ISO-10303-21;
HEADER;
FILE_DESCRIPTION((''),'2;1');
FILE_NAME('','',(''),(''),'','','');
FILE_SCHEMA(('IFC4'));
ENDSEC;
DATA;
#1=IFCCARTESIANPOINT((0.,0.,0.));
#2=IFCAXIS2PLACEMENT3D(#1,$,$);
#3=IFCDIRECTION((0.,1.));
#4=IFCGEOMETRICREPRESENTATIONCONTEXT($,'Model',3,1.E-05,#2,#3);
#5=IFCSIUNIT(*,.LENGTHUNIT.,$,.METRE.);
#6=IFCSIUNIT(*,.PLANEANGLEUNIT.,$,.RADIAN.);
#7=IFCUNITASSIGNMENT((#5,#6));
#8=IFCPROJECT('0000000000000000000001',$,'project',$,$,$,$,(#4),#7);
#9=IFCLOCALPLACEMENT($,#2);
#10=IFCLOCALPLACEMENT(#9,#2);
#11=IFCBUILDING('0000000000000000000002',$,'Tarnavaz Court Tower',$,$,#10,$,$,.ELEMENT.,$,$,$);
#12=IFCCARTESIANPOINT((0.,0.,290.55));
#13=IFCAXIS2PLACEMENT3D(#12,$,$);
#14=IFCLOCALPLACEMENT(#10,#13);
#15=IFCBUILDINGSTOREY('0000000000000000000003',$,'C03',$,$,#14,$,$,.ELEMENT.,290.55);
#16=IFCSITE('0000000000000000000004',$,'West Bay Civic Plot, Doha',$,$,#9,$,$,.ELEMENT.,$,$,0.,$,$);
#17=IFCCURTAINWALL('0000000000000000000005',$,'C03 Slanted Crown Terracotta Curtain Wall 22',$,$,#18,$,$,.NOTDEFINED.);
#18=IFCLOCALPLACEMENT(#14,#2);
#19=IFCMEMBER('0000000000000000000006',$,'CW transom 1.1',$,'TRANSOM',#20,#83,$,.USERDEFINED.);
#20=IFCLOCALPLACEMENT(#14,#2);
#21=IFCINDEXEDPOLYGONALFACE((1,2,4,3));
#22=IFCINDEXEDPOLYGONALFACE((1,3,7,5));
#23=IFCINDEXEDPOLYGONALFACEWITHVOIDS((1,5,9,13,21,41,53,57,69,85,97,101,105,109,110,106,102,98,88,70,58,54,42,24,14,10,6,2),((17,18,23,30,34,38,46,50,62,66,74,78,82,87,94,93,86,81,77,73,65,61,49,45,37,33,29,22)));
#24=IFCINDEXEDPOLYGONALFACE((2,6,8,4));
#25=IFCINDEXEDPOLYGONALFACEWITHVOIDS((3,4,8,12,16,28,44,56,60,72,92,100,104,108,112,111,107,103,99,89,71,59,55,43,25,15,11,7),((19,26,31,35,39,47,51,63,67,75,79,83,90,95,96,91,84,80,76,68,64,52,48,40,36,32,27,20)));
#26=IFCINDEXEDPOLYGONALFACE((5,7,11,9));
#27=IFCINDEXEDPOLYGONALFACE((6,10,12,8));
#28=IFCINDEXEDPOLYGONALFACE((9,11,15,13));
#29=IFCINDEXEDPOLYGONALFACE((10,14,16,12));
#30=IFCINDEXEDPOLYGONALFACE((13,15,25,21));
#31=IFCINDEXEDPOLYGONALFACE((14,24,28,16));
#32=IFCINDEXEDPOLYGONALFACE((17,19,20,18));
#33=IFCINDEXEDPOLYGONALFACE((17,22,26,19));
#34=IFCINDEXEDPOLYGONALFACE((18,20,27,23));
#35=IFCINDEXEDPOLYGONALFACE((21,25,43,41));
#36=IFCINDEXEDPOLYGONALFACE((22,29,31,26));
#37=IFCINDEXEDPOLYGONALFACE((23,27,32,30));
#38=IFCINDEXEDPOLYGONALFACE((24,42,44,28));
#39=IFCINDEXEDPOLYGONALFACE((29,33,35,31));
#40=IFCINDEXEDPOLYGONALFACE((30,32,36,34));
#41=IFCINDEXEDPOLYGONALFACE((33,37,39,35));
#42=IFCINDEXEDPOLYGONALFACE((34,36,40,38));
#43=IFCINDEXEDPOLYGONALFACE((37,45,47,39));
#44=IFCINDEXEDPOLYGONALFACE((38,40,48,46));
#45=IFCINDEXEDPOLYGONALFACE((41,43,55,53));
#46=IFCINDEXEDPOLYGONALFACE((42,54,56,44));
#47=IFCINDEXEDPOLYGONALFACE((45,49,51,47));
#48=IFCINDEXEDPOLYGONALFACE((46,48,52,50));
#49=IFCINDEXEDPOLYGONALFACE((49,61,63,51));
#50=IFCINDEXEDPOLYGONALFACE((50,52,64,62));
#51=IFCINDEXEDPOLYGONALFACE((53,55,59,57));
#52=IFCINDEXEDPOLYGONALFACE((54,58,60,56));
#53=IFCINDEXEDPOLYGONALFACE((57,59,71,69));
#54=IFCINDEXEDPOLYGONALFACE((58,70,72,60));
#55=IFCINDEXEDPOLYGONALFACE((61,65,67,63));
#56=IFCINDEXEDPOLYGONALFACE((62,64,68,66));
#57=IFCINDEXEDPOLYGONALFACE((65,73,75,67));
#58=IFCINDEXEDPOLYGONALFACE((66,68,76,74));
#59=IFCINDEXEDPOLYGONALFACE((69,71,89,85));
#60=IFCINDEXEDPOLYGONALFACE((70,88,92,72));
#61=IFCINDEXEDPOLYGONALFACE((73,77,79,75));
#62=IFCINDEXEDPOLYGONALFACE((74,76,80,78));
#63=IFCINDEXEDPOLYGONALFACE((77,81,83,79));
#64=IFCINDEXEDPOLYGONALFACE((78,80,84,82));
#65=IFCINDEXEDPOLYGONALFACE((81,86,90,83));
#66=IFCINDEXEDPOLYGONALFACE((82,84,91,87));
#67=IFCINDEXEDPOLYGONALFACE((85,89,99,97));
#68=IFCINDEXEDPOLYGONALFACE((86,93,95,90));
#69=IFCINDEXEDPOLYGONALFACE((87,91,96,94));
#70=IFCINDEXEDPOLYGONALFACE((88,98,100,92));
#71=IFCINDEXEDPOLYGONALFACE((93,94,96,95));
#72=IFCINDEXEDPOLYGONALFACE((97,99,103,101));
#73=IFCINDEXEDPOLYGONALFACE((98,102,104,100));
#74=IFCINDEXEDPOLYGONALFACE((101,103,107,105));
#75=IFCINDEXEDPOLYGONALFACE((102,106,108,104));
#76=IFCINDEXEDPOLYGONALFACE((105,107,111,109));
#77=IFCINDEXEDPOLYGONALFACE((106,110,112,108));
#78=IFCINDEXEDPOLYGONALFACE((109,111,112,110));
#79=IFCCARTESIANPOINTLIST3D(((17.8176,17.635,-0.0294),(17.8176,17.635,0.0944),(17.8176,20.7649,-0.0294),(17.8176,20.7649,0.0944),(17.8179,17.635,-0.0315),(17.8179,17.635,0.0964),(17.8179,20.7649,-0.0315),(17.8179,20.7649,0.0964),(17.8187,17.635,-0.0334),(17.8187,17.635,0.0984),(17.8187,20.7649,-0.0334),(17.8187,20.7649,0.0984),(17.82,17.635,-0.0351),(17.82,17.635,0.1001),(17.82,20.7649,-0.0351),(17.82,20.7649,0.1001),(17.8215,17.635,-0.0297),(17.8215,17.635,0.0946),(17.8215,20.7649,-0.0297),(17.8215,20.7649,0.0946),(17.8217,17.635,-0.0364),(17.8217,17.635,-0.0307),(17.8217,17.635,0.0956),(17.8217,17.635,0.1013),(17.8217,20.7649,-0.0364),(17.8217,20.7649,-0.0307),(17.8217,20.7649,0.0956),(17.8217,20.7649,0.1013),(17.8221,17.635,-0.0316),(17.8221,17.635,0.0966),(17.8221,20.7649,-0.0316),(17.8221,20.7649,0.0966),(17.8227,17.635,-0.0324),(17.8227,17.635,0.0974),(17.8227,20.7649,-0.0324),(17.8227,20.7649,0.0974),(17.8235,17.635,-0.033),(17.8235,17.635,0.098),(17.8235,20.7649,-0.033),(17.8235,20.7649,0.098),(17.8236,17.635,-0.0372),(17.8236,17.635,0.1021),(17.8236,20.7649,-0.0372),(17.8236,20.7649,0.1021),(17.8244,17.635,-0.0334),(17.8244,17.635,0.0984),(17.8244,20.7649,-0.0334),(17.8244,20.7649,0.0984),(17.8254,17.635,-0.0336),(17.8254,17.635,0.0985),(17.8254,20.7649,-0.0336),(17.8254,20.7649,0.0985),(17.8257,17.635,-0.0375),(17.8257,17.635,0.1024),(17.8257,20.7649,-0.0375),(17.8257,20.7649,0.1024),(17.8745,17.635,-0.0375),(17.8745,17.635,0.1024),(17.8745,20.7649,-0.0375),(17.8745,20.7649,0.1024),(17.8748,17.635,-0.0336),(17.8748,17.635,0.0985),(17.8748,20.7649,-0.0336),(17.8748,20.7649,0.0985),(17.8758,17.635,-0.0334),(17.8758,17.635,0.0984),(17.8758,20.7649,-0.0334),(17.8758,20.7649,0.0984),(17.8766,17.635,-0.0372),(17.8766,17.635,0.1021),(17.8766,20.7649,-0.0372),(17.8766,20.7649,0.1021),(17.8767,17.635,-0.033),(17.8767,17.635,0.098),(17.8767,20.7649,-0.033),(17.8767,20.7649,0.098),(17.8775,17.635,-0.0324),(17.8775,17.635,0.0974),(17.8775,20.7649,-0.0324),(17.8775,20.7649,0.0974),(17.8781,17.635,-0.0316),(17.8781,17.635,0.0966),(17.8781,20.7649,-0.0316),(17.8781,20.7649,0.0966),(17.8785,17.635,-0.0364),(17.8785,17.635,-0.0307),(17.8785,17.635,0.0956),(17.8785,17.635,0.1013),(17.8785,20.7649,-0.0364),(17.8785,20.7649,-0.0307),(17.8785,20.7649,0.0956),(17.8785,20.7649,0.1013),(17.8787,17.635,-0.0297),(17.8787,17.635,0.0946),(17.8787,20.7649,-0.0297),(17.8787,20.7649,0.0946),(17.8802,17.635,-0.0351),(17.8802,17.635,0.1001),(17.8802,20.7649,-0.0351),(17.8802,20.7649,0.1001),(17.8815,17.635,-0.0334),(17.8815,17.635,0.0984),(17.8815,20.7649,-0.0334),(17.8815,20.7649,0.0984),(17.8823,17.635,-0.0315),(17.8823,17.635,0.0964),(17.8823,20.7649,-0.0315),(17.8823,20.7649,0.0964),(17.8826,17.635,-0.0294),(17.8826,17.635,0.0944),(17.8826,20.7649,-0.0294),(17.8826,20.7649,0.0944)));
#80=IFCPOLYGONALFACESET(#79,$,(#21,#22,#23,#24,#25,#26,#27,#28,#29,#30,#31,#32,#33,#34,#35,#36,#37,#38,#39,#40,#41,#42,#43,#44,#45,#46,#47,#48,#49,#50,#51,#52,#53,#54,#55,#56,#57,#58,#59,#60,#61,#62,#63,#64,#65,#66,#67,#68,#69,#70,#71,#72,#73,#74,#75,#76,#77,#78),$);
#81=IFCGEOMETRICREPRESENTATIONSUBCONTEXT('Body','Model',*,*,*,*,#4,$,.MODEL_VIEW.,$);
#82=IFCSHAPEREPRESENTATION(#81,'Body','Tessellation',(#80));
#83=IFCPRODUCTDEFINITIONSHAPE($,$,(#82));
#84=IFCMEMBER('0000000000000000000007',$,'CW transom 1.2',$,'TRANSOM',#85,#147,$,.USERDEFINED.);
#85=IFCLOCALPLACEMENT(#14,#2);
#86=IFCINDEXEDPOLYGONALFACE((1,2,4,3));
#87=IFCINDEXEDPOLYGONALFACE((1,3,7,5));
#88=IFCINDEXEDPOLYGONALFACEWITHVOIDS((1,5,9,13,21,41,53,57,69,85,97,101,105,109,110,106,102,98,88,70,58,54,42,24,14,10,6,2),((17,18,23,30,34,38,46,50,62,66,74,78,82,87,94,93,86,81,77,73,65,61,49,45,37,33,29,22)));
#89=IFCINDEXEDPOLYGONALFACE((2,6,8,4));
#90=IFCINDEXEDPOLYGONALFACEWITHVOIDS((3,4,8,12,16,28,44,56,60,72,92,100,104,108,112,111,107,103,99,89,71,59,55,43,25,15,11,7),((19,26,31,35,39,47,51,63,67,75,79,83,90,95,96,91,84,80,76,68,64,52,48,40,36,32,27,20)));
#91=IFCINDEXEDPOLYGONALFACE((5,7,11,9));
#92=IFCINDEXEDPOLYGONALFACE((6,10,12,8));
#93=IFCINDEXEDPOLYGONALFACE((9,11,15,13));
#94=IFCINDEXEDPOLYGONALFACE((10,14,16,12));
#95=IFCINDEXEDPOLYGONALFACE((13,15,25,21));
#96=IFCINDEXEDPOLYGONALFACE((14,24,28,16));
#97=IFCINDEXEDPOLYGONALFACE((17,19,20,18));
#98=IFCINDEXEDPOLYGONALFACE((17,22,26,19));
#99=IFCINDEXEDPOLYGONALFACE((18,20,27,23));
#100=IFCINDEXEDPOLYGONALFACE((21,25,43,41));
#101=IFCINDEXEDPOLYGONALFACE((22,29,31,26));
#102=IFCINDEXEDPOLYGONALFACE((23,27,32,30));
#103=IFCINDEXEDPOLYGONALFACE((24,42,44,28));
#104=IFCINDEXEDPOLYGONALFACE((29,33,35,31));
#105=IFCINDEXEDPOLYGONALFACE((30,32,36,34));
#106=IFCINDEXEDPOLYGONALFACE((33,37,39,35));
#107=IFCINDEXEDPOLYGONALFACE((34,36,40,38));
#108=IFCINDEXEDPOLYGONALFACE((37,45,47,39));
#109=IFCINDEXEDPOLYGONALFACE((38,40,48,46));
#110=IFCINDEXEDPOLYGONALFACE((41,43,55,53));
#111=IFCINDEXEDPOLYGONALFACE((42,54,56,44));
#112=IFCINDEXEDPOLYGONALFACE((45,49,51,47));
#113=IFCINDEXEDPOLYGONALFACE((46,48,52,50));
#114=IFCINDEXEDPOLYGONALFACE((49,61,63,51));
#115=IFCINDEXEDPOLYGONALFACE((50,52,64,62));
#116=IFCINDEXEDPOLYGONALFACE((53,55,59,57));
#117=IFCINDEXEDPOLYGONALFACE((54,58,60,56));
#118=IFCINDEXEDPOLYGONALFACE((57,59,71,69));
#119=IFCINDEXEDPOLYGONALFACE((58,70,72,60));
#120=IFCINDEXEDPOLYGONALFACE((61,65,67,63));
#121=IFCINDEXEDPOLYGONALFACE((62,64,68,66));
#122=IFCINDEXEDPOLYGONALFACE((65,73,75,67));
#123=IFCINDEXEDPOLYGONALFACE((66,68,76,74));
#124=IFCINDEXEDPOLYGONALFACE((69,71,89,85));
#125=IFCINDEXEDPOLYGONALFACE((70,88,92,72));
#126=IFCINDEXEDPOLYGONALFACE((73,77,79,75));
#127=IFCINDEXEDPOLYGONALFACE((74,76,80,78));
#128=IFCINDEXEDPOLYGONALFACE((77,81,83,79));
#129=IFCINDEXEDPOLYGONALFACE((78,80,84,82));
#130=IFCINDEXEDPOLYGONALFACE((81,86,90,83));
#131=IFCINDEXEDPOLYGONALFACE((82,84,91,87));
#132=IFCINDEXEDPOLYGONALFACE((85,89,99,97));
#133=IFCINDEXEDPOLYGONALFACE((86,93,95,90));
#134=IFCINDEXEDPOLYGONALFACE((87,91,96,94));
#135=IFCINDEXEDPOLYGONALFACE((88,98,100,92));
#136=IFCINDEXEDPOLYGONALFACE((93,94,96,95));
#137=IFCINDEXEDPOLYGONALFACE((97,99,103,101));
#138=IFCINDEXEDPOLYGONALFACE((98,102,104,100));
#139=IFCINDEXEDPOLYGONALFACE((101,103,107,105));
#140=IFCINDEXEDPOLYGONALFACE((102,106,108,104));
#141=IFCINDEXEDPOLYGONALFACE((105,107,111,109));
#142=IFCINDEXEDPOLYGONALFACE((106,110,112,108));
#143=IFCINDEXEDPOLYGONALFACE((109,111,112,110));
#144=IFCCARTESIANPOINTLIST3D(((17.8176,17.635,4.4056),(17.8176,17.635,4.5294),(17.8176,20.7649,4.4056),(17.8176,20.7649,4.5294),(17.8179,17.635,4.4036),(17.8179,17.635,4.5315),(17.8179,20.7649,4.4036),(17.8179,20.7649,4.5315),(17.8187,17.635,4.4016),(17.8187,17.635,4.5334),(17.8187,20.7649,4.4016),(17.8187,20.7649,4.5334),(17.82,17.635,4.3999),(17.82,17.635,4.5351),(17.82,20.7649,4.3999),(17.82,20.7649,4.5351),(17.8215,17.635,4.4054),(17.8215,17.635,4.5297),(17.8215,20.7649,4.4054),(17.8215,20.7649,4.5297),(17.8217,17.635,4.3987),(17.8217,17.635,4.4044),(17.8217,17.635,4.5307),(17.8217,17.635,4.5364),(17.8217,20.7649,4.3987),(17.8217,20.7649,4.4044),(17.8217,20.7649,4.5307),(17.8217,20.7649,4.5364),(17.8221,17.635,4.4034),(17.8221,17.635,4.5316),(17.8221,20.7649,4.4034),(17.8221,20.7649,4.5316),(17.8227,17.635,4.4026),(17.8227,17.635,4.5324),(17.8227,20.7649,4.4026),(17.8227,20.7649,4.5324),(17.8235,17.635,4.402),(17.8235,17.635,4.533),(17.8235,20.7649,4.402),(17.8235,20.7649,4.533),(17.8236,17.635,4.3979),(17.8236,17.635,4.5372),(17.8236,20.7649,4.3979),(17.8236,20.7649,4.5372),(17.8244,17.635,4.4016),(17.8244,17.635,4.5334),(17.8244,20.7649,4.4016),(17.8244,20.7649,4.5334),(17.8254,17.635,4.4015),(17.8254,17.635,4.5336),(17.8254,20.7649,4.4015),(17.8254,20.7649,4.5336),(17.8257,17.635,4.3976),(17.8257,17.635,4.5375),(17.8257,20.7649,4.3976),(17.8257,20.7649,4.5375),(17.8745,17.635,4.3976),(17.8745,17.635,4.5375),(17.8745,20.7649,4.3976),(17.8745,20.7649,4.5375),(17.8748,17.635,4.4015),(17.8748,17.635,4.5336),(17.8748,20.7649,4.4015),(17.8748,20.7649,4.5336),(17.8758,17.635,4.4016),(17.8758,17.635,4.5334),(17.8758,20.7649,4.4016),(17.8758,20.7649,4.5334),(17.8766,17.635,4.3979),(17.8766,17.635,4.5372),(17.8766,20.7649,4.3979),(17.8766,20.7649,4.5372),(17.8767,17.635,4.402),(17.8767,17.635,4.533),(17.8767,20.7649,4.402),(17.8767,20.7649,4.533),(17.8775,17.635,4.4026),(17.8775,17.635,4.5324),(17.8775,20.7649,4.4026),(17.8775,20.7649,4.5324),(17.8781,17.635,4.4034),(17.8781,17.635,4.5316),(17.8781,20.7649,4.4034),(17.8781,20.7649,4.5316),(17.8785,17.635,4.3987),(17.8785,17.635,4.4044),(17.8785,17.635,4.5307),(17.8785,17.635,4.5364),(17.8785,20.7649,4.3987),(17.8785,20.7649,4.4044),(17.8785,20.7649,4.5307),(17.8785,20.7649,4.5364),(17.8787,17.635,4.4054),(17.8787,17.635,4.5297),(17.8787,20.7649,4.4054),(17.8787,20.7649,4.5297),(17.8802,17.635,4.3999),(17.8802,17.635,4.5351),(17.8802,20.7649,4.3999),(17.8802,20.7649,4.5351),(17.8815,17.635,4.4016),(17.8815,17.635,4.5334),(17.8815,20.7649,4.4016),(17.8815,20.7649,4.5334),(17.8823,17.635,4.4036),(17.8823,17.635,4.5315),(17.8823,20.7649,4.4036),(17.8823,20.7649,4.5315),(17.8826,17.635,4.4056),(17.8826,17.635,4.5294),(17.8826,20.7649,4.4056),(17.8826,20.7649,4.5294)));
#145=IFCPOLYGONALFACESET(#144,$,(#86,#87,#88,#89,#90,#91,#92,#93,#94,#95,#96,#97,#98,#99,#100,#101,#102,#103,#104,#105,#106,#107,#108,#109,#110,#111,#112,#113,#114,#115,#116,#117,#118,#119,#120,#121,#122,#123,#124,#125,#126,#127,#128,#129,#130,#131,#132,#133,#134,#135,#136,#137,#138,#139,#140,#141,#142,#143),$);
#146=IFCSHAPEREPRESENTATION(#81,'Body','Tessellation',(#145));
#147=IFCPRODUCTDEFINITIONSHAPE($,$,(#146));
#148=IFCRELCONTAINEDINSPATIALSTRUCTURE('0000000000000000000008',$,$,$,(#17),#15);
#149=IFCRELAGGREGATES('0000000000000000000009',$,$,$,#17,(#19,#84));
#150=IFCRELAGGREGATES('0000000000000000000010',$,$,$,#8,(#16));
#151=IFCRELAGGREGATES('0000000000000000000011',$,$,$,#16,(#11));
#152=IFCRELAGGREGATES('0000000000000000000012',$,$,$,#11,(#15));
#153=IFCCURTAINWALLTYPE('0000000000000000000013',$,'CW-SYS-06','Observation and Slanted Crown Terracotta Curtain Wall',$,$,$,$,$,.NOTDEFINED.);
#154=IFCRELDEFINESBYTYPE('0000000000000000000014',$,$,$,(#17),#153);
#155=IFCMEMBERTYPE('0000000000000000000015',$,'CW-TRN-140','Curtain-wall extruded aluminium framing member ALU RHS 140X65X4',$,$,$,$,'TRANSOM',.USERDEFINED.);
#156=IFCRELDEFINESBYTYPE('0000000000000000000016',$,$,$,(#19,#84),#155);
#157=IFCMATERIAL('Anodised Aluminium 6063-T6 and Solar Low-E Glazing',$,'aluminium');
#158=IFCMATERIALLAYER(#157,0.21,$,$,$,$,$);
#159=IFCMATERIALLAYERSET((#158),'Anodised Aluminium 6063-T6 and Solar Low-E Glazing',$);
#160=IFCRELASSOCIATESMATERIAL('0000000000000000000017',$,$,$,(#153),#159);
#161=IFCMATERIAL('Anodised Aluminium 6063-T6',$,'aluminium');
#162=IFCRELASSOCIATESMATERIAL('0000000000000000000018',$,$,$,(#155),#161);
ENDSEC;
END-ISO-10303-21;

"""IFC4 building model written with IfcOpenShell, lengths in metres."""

from ifc_helpers import new_model, si_unit, direction, frame, origin, origin_2d, place, context, subcontext, project, spatial, hollow_rectangle, extrude, material, layer, layer_set, material_profile, profile_set, type_object, element, aggregate, save


model = new_model("IFC4")

# Units and contexts
model_context = context("Model", 3, precision=1e-05, world=origin(), true_north=direction((0.0, 1.0)))
body_context = subcontext(model_context, "Body", "Model", "MODEL_VIEW")
ifc_project = project(units=[si_unit("LENGTHUNIT", "METRE"), si_unit("PLANEANGLEUNIT", "RADIAN")], contexts=[model_context])

# Site, building, storey
site_placement = place(None, origin())
site = spatial("IfcSite", under=ifc_project, at=site_placement, Name="West Bay Civic Plot, Doha", CompositionType="ELEMENT", RefElevation=0.0)
building_placement = place(site_placement, origin())
building = spatial("IfcBuilding", under=site, at=building_placement, Name="Tarnavaz Court Tower", CompositionType="ELEMENT")
storey_placement = place(building_placement, frame((0.0, 0.0, 290.55)))
storey = spatial("IfcBuildingStorey", under=building, at=storey_placement, Name="C03", CompositionType="ELEMENT", Elevation=290.55)

# Shared definitions
ifc_material_1 = material(Name="Anodised Aluminium 6063-T6 and Solar Low-E Glazing", Category="aluminium")
ifc_layer_1 = layer(ifc_material_1, 0.21)
ifc_layer_set_1 = layer_set([ifc_layer_1], Name="Anodised Aluminium 6063-T6 and Solar Low-E Glazing")
curtain_wall_type = type_object("IfcCurtainWallType", Name="CW-SYS-06", Description="Observation and Slanted Crown Terracotta Curtain Wall", PredefinedType="NOTDEFINED", material=ifc_layer_set_1)
ifc_material_2 = material(Name="Anodised Aluminium 6063-T6", Category="aluminium")

# Curtain wall
curtain_wall_1_placement = place(storey_placement, origin())
curtain_wall_1 = element("IfcCurtainWall", 1, at=curtain_wall_1_placement, inside=storey, type_object=curtain_wall_type, Name="C03 Slanted Crown Terracotta Curtain Wall 22", PredefinedType="NOTDEFINED")

# Members
ifc_material_profile_1 = material_profile(ifc_material_2, hollow_rectangle(XDim=0.0649, YDim=0.1399, WallThickness=0.0039, InnerFilletRadius=0.0039, OuterFilletRadius=0.0081, at=origin_2d()), Name="ALU RHS 140X65X4")
ifc_profile_set_1 = profile_set([ifc_material_profile_1], Name="Anodised Aluminium 6063-T6")
member_type_1 = type_object("IfcMemberType", Name="CW-TRN-140", Description="Curtain-wall extruded aluminium framing member ALU RHS 140X65X4", ElementType="TRANSOM", PredefinedType="USERDEFINED", material=ifc_profile_set_1)
member_1_placement = place(storey_placement, frame((17.8501, 20.7649, 0.0325), z_axis=(0.0, -1.0, 0.0), x_axis=(1.0, 0.0, 0.0)))
member_1 = element("IfcMember", 2, at=member_1_placement, type_object=member_type_1, Name="CW transom 1.1", ObjectType="TRANSOM", PredefinedType="USERDEFINED", context=body_context, shape_type="SweptSolid", body=[
    extrude(hollow_rectangle(XDim=0.0649, YDim=0.1399, WallThickness=0.0039, InnerFilletRadius=0.0039, OuterFilletRadius=0.0081, at=origin_2d()), origin(), (0.0, 0.0, 1.0), 3.1299),
])
member_2_placement = place(storey_placement, frame((17.8501, 20.7649, 4.4675), z_axis=(0.0, -1.0, 0.0), x_axis=(1.0, 0.0, 0.0)))
member_2 = element("IfcMember", 3, at=member_2_placement, type_object=member_type_1, Name="CW transom 1.2", ObjectType="TRANSOM", PredefinedType="USERDEFINED", context=body_context, shape_type="SweptSolid", body=[
    extrude(hollow_rectangle(XDim=0.0649, YDim=0.1399, WallThickness=0.0039, InnerFilletRadius=0.0039, OuterFilletRadius=0.0081, at=origin_2d()), origin(), (0.0, 0.0, 1.0), 3.1299),
])

aggregate(curtain_wall_1, [member_1, member_2])

save(model, "model.ifc")
